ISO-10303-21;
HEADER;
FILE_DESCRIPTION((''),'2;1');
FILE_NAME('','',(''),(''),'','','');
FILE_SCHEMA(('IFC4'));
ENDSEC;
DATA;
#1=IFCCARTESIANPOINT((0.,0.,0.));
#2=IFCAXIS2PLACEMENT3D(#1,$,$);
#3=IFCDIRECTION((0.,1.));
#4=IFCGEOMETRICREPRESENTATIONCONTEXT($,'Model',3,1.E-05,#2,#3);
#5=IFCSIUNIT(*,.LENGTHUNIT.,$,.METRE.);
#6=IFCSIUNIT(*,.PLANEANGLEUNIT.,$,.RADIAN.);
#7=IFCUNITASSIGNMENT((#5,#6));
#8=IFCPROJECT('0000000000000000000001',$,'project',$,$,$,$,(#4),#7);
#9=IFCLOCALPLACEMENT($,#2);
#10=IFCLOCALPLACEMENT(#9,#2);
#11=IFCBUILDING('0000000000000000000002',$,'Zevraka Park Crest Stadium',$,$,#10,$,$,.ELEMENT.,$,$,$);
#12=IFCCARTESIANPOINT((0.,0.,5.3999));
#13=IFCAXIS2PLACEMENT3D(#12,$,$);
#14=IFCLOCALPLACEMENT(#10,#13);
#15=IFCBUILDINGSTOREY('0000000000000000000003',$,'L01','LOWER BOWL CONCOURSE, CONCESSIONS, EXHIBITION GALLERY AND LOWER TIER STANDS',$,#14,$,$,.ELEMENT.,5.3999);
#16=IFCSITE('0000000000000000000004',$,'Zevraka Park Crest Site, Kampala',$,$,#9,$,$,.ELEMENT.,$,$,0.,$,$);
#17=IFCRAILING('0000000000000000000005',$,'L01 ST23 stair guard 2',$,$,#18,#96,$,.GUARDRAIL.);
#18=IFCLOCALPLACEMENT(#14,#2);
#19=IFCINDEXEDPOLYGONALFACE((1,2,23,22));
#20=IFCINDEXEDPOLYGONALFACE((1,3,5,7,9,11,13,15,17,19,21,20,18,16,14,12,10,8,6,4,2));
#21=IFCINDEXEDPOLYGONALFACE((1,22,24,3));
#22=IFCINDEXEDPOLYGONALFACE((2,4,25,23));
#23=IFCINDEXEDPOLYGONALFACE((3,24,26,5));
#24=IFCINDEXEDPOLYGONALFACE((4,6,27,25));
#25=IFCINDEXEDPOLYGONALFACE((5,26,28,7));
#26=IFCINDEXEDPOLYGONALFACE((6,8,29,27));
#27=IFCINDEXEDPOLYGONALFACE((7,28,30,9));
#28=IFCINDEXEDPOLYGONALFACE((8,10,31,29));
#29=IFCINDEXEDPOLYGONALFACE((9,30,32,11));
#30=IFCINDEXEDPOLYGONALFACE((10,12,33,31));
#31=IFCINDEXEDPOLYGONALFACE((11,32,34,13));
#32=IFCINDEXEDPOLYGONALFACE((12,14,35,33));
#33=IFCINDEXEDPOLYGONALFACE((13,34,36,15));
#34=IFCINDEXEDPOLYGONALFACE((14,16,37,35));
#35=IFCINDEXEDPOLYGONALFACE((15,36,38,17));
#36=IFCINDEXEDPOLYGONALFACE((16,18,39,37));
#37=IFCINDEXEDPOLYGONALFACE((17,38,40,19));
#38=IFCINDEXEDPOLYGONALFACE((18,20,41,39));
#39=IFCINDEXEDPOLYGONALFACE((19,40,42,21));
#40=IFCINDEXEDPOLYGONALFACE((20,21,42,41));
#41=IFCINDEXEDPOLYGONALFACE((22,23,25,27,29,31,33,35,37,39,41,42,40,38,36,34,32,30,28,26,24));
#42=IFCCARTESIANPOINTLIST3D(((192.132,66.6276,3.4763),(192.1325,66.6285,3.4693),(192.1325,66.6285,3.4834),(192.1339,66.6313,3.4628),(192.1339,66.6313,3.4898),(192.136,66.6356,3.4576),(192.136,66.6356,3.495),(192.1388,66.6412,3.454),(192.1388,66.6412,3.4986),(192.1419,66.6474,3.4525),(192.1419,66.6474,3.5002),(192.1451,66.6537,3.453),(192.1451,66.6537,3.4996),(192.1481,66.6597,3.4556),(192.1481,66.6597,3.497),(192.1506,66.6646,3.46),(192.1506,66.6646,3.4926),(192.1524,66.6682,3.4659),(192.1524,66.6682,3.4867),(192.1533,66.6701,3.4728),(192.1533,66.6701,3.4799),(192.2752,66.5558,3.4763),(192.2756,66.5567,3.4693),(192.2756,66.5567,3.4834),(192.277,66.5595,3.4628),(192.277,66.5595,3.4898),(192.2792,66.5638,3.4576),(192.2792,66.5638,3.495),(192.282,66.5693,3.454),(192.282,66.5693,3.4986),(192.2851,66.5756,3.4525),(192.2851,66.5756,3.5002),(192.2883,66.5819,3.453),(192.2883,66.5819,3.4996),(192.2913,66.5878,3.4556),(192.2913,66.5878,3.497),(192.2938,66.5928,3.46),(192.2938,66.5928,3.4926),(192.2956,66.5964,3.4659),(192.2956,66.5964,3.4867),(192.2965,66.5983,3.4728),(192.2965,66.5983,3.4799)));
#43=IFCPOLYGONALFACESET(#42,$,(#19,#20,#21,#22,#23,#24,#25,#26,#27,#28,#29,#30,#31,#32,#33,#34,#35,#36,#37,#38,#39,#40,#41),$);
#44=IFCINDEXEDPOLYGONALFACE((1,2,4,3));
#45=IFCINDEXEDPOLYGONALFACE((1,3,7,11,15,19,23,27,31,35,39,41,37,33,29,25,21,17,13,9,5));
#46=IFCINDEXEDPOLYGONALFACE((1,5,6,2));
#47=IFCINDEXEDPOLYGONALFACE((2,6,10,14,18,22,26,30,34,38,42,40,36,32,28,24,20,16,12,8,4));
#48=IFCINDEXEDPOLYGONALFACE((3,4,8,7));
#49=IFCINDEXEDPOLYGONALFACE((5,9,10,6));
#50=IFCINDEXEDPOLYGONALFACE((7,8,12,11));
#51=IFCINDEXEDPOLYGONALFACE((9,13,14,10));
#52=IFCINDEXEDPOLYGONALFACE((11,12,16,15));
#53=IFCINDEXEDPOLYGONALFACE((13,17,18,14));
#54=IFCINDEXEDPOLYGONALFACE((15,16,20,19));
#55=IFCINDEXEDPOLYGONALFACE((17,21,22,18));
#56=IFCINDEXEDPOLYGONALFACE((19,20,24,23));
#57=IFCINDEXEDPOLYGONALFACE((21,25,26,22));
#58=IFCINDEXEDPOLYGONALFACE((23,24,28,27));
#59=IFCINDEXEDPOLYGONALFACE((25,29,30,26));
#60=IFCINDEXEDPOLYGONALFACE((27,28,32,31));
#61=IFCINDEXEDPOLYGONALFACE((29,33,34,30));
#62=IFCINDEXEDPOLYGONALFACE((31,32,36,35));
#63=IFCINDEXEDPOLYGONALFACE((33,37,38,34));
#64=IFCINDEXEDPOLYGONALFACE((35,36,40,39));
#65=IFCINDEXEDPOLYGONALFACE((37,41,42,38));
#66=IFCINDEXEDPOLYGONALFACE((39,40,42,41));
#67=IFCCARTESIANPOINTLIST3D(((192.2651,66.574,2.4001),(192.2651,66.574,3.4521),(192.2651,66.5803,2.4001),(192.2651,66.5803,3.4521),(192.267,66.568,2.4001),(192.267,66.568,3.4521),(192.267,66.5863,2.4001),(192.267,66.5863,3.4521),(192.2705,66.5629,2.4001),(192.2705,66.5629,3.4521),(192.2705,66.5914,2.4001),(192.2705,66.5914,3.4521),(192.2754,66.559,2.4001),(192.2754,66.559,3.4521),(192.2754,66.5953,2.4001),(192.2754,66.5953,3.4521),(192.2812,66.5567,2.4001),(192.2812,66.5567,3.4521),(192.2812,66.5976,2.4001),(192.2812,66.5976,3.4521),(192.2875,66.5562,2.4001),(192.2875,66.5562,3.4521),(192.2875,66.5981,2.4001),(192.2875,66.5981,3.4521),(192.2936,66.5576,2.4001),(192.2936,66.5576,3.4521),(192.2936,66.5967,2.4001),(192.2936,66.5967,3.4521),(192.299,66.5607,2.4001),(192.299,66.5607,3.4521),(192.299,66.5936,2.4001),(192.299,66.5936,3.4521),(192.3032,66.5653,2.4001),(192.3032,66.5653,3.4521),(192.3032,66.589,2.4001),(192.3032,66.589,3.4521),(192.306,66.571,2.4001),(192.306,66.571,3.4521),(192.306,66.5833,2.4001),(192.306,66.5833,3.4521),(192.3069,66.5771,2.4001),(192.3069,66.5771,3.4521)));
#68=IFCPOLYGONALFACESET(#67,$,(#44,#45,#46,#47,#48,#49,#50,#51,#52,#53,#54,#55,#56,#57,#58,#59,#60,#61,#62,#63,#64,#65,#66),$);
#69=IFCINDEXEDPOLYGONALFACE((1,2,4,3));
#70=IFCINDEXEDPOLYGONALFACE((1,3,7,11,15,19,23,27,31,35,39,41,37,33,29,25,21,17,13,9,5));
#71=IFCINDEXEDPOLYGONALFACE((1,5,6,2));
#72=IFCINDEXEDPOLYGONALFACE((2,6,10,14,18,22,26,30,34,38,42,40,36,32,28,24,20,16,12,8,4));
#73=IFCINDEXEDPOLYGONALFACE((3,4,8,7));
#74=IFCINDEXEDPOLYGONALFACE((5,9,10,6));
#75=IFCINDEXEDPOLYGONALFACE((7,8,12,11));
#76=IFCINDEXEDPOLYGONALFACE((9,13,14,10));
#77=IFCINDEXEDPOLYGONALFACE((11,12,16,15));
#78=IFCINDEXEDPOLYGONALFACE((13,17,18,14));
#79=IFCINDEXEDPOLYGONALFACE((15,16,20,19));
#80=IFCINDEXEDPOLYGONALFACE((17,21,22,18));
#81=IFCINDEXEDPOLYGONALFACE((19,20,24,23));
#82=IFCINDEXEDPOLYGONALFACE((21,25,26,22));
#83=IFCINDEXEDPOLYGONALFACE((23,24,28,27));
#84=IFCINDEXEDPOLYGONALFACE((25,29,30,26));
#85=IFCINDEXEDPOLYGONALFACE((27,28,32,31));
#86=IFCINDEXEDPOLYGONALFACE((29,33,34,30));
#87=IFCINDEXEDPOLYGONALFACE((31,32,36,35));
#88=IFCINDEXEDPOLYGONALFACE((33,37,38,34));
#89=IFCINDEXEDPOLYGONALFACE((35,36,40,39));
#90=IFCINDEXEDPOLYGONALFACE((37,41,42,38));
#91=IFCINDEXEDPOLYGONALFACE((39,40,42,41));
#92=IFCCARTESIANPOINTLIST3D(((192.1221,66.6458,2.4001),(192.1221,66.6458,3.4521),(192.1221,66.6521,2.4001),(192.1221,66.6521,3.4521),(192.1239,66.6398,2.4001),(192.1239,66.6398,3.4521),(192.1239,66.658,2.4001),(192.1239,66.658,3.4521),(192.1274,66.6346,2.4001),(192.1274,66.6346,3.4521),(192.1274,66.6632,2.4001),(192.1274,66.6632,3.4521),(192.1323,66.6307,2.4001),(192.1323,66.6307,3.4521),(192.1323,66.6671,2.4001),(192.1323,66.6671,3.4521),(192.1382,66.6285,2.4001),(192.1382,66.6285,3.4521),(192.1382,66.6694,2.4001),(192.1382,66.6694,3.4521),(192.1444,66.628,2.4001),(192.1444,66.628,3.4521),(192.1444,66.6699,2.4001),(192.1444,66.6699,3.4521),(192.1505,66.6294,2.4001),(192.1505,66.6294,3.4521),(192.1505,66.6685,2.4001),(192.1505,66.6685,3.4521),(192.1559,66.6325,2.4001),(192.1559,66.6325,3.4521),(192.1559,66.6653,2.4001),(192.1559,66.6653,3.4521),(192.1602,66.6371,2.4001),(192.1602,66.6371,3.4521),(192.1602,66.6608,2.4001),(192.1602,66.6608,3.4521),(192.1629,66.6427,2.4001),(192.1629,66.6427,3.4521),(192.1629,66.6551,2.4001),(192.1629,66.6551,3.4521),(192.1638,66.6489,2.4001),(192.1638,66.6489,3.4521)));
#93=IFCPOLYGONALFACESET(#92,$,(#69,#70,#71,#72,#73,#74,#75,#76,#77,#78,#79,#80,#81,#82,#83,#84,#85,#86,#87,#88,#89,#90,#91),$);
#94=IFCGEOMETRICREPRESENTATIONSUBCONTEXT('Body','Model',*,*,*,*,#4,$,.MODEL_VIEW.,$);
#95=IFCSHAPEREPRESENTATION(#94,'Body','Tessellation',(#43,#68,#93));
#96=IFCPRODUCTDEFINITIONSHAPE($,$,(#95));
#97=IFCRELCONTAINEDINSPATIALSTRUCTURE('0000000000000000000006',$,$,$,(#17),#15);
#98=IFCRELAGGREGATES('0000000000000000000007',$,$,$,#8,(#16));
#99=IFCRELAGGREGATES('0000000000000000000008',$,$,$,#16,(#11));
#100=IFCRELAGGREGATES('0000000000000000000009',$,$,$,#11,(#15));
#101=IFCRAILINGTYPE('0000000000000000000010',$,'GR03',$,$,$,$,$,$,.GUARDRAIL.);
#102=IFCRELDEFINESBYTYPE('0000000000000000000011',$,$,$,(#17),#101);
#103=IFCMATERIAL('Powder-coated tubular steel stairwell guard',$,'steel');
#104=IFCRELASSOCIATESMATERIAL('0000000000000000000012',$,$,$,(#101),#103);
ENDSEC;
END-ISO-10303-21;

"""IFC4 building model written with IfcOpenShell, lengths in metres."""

from ifc_helpers import new_model, si_unit, direction, frame, origin, origin_2d, place, context, subcontext, project, spatial, circle, extrude, material, type_object, element, save


model = new_model("IFC4")

# Units and contexts
model_context = context("Model", 3, precision=1e-05, world=origin(), true_north=direction((0.0, 1.0)))
body_context = subcontext(model_context, "Body", "Model", "MODEL_VIEW")
ifc_project = project(units=[si_unit("LENGTHUNIT", "METRE"), si_unit("PLANEANGLEUNIT", "RADIAN")], contexts=[model_context])

# Site, building, storey
site_placement = place(None, origin())
site = spatial("IfcSite", under=ifc_project, at=site_placement, Name="Zevraka Park Crest Site, Kampala", CompositionType="ELEMENT", RefElevation=0.0)
building_placement = place(site_placement, origin())
building = spatial("IfcBuilding", under=site, at=building_placement, Name="Zevraka Park Crest Stadium", CompositionType="ELEMENT")
storey_placement = place(building_placement, frame((0.0, 0.0, 5.3999)))
storey = spatial("IfcBuildingStorey", under=building, at=storey_placement, Name="L01", Description="LOWER BOWL CONCOURSE, CONCESSIONS, EXHIBITION GALLERY AND LOWER TIER STANDS", CompositionType="ELEMENT", Elevation=5.3999)

# Railing
ifc_material_1 = material(Name="Powder-coated tubular steel stairwell guard", Category="steel")
railing_type_1 = type_object("IfcRailingType", Name="GR03", PredefinedType="GUARDRAIL", material=ifc_material_1)
railing_1_placement = place(storey_placement, frame((192.2859, 66.5771, 2.4001)))
element("IfcRailing", 1, at=railing_1_placement, inside=storey, type_object=railing_type_1, Name="L01 ST23 stair guard 2", PredefinedType="GUARDRAIL", context=body_context, shape_type="SweptSolid", body=[
    extrude(circle(Radius=0.0239, at=origin_2d()), frame((0.0, 0.0, 1.0762), z_axis=(-0.893816, 0.448433, 0.0), x_axis=(-0.448433, -0.893816, 0.0)), (0.0, 0.0, 1.0), 0.1602),
    extrude(circle(Radius=0.021, at=origin_2d()), origin(), (0.0, 0.0, 1.0), 1.052),
    extrude(circle(Radius=0.021, at=origin_2d()), frame((-0.1431, 0.0718, 0.0)), (0.0, 0.0, 1.0), 1.052),
])

save(model, "model.ifc")
